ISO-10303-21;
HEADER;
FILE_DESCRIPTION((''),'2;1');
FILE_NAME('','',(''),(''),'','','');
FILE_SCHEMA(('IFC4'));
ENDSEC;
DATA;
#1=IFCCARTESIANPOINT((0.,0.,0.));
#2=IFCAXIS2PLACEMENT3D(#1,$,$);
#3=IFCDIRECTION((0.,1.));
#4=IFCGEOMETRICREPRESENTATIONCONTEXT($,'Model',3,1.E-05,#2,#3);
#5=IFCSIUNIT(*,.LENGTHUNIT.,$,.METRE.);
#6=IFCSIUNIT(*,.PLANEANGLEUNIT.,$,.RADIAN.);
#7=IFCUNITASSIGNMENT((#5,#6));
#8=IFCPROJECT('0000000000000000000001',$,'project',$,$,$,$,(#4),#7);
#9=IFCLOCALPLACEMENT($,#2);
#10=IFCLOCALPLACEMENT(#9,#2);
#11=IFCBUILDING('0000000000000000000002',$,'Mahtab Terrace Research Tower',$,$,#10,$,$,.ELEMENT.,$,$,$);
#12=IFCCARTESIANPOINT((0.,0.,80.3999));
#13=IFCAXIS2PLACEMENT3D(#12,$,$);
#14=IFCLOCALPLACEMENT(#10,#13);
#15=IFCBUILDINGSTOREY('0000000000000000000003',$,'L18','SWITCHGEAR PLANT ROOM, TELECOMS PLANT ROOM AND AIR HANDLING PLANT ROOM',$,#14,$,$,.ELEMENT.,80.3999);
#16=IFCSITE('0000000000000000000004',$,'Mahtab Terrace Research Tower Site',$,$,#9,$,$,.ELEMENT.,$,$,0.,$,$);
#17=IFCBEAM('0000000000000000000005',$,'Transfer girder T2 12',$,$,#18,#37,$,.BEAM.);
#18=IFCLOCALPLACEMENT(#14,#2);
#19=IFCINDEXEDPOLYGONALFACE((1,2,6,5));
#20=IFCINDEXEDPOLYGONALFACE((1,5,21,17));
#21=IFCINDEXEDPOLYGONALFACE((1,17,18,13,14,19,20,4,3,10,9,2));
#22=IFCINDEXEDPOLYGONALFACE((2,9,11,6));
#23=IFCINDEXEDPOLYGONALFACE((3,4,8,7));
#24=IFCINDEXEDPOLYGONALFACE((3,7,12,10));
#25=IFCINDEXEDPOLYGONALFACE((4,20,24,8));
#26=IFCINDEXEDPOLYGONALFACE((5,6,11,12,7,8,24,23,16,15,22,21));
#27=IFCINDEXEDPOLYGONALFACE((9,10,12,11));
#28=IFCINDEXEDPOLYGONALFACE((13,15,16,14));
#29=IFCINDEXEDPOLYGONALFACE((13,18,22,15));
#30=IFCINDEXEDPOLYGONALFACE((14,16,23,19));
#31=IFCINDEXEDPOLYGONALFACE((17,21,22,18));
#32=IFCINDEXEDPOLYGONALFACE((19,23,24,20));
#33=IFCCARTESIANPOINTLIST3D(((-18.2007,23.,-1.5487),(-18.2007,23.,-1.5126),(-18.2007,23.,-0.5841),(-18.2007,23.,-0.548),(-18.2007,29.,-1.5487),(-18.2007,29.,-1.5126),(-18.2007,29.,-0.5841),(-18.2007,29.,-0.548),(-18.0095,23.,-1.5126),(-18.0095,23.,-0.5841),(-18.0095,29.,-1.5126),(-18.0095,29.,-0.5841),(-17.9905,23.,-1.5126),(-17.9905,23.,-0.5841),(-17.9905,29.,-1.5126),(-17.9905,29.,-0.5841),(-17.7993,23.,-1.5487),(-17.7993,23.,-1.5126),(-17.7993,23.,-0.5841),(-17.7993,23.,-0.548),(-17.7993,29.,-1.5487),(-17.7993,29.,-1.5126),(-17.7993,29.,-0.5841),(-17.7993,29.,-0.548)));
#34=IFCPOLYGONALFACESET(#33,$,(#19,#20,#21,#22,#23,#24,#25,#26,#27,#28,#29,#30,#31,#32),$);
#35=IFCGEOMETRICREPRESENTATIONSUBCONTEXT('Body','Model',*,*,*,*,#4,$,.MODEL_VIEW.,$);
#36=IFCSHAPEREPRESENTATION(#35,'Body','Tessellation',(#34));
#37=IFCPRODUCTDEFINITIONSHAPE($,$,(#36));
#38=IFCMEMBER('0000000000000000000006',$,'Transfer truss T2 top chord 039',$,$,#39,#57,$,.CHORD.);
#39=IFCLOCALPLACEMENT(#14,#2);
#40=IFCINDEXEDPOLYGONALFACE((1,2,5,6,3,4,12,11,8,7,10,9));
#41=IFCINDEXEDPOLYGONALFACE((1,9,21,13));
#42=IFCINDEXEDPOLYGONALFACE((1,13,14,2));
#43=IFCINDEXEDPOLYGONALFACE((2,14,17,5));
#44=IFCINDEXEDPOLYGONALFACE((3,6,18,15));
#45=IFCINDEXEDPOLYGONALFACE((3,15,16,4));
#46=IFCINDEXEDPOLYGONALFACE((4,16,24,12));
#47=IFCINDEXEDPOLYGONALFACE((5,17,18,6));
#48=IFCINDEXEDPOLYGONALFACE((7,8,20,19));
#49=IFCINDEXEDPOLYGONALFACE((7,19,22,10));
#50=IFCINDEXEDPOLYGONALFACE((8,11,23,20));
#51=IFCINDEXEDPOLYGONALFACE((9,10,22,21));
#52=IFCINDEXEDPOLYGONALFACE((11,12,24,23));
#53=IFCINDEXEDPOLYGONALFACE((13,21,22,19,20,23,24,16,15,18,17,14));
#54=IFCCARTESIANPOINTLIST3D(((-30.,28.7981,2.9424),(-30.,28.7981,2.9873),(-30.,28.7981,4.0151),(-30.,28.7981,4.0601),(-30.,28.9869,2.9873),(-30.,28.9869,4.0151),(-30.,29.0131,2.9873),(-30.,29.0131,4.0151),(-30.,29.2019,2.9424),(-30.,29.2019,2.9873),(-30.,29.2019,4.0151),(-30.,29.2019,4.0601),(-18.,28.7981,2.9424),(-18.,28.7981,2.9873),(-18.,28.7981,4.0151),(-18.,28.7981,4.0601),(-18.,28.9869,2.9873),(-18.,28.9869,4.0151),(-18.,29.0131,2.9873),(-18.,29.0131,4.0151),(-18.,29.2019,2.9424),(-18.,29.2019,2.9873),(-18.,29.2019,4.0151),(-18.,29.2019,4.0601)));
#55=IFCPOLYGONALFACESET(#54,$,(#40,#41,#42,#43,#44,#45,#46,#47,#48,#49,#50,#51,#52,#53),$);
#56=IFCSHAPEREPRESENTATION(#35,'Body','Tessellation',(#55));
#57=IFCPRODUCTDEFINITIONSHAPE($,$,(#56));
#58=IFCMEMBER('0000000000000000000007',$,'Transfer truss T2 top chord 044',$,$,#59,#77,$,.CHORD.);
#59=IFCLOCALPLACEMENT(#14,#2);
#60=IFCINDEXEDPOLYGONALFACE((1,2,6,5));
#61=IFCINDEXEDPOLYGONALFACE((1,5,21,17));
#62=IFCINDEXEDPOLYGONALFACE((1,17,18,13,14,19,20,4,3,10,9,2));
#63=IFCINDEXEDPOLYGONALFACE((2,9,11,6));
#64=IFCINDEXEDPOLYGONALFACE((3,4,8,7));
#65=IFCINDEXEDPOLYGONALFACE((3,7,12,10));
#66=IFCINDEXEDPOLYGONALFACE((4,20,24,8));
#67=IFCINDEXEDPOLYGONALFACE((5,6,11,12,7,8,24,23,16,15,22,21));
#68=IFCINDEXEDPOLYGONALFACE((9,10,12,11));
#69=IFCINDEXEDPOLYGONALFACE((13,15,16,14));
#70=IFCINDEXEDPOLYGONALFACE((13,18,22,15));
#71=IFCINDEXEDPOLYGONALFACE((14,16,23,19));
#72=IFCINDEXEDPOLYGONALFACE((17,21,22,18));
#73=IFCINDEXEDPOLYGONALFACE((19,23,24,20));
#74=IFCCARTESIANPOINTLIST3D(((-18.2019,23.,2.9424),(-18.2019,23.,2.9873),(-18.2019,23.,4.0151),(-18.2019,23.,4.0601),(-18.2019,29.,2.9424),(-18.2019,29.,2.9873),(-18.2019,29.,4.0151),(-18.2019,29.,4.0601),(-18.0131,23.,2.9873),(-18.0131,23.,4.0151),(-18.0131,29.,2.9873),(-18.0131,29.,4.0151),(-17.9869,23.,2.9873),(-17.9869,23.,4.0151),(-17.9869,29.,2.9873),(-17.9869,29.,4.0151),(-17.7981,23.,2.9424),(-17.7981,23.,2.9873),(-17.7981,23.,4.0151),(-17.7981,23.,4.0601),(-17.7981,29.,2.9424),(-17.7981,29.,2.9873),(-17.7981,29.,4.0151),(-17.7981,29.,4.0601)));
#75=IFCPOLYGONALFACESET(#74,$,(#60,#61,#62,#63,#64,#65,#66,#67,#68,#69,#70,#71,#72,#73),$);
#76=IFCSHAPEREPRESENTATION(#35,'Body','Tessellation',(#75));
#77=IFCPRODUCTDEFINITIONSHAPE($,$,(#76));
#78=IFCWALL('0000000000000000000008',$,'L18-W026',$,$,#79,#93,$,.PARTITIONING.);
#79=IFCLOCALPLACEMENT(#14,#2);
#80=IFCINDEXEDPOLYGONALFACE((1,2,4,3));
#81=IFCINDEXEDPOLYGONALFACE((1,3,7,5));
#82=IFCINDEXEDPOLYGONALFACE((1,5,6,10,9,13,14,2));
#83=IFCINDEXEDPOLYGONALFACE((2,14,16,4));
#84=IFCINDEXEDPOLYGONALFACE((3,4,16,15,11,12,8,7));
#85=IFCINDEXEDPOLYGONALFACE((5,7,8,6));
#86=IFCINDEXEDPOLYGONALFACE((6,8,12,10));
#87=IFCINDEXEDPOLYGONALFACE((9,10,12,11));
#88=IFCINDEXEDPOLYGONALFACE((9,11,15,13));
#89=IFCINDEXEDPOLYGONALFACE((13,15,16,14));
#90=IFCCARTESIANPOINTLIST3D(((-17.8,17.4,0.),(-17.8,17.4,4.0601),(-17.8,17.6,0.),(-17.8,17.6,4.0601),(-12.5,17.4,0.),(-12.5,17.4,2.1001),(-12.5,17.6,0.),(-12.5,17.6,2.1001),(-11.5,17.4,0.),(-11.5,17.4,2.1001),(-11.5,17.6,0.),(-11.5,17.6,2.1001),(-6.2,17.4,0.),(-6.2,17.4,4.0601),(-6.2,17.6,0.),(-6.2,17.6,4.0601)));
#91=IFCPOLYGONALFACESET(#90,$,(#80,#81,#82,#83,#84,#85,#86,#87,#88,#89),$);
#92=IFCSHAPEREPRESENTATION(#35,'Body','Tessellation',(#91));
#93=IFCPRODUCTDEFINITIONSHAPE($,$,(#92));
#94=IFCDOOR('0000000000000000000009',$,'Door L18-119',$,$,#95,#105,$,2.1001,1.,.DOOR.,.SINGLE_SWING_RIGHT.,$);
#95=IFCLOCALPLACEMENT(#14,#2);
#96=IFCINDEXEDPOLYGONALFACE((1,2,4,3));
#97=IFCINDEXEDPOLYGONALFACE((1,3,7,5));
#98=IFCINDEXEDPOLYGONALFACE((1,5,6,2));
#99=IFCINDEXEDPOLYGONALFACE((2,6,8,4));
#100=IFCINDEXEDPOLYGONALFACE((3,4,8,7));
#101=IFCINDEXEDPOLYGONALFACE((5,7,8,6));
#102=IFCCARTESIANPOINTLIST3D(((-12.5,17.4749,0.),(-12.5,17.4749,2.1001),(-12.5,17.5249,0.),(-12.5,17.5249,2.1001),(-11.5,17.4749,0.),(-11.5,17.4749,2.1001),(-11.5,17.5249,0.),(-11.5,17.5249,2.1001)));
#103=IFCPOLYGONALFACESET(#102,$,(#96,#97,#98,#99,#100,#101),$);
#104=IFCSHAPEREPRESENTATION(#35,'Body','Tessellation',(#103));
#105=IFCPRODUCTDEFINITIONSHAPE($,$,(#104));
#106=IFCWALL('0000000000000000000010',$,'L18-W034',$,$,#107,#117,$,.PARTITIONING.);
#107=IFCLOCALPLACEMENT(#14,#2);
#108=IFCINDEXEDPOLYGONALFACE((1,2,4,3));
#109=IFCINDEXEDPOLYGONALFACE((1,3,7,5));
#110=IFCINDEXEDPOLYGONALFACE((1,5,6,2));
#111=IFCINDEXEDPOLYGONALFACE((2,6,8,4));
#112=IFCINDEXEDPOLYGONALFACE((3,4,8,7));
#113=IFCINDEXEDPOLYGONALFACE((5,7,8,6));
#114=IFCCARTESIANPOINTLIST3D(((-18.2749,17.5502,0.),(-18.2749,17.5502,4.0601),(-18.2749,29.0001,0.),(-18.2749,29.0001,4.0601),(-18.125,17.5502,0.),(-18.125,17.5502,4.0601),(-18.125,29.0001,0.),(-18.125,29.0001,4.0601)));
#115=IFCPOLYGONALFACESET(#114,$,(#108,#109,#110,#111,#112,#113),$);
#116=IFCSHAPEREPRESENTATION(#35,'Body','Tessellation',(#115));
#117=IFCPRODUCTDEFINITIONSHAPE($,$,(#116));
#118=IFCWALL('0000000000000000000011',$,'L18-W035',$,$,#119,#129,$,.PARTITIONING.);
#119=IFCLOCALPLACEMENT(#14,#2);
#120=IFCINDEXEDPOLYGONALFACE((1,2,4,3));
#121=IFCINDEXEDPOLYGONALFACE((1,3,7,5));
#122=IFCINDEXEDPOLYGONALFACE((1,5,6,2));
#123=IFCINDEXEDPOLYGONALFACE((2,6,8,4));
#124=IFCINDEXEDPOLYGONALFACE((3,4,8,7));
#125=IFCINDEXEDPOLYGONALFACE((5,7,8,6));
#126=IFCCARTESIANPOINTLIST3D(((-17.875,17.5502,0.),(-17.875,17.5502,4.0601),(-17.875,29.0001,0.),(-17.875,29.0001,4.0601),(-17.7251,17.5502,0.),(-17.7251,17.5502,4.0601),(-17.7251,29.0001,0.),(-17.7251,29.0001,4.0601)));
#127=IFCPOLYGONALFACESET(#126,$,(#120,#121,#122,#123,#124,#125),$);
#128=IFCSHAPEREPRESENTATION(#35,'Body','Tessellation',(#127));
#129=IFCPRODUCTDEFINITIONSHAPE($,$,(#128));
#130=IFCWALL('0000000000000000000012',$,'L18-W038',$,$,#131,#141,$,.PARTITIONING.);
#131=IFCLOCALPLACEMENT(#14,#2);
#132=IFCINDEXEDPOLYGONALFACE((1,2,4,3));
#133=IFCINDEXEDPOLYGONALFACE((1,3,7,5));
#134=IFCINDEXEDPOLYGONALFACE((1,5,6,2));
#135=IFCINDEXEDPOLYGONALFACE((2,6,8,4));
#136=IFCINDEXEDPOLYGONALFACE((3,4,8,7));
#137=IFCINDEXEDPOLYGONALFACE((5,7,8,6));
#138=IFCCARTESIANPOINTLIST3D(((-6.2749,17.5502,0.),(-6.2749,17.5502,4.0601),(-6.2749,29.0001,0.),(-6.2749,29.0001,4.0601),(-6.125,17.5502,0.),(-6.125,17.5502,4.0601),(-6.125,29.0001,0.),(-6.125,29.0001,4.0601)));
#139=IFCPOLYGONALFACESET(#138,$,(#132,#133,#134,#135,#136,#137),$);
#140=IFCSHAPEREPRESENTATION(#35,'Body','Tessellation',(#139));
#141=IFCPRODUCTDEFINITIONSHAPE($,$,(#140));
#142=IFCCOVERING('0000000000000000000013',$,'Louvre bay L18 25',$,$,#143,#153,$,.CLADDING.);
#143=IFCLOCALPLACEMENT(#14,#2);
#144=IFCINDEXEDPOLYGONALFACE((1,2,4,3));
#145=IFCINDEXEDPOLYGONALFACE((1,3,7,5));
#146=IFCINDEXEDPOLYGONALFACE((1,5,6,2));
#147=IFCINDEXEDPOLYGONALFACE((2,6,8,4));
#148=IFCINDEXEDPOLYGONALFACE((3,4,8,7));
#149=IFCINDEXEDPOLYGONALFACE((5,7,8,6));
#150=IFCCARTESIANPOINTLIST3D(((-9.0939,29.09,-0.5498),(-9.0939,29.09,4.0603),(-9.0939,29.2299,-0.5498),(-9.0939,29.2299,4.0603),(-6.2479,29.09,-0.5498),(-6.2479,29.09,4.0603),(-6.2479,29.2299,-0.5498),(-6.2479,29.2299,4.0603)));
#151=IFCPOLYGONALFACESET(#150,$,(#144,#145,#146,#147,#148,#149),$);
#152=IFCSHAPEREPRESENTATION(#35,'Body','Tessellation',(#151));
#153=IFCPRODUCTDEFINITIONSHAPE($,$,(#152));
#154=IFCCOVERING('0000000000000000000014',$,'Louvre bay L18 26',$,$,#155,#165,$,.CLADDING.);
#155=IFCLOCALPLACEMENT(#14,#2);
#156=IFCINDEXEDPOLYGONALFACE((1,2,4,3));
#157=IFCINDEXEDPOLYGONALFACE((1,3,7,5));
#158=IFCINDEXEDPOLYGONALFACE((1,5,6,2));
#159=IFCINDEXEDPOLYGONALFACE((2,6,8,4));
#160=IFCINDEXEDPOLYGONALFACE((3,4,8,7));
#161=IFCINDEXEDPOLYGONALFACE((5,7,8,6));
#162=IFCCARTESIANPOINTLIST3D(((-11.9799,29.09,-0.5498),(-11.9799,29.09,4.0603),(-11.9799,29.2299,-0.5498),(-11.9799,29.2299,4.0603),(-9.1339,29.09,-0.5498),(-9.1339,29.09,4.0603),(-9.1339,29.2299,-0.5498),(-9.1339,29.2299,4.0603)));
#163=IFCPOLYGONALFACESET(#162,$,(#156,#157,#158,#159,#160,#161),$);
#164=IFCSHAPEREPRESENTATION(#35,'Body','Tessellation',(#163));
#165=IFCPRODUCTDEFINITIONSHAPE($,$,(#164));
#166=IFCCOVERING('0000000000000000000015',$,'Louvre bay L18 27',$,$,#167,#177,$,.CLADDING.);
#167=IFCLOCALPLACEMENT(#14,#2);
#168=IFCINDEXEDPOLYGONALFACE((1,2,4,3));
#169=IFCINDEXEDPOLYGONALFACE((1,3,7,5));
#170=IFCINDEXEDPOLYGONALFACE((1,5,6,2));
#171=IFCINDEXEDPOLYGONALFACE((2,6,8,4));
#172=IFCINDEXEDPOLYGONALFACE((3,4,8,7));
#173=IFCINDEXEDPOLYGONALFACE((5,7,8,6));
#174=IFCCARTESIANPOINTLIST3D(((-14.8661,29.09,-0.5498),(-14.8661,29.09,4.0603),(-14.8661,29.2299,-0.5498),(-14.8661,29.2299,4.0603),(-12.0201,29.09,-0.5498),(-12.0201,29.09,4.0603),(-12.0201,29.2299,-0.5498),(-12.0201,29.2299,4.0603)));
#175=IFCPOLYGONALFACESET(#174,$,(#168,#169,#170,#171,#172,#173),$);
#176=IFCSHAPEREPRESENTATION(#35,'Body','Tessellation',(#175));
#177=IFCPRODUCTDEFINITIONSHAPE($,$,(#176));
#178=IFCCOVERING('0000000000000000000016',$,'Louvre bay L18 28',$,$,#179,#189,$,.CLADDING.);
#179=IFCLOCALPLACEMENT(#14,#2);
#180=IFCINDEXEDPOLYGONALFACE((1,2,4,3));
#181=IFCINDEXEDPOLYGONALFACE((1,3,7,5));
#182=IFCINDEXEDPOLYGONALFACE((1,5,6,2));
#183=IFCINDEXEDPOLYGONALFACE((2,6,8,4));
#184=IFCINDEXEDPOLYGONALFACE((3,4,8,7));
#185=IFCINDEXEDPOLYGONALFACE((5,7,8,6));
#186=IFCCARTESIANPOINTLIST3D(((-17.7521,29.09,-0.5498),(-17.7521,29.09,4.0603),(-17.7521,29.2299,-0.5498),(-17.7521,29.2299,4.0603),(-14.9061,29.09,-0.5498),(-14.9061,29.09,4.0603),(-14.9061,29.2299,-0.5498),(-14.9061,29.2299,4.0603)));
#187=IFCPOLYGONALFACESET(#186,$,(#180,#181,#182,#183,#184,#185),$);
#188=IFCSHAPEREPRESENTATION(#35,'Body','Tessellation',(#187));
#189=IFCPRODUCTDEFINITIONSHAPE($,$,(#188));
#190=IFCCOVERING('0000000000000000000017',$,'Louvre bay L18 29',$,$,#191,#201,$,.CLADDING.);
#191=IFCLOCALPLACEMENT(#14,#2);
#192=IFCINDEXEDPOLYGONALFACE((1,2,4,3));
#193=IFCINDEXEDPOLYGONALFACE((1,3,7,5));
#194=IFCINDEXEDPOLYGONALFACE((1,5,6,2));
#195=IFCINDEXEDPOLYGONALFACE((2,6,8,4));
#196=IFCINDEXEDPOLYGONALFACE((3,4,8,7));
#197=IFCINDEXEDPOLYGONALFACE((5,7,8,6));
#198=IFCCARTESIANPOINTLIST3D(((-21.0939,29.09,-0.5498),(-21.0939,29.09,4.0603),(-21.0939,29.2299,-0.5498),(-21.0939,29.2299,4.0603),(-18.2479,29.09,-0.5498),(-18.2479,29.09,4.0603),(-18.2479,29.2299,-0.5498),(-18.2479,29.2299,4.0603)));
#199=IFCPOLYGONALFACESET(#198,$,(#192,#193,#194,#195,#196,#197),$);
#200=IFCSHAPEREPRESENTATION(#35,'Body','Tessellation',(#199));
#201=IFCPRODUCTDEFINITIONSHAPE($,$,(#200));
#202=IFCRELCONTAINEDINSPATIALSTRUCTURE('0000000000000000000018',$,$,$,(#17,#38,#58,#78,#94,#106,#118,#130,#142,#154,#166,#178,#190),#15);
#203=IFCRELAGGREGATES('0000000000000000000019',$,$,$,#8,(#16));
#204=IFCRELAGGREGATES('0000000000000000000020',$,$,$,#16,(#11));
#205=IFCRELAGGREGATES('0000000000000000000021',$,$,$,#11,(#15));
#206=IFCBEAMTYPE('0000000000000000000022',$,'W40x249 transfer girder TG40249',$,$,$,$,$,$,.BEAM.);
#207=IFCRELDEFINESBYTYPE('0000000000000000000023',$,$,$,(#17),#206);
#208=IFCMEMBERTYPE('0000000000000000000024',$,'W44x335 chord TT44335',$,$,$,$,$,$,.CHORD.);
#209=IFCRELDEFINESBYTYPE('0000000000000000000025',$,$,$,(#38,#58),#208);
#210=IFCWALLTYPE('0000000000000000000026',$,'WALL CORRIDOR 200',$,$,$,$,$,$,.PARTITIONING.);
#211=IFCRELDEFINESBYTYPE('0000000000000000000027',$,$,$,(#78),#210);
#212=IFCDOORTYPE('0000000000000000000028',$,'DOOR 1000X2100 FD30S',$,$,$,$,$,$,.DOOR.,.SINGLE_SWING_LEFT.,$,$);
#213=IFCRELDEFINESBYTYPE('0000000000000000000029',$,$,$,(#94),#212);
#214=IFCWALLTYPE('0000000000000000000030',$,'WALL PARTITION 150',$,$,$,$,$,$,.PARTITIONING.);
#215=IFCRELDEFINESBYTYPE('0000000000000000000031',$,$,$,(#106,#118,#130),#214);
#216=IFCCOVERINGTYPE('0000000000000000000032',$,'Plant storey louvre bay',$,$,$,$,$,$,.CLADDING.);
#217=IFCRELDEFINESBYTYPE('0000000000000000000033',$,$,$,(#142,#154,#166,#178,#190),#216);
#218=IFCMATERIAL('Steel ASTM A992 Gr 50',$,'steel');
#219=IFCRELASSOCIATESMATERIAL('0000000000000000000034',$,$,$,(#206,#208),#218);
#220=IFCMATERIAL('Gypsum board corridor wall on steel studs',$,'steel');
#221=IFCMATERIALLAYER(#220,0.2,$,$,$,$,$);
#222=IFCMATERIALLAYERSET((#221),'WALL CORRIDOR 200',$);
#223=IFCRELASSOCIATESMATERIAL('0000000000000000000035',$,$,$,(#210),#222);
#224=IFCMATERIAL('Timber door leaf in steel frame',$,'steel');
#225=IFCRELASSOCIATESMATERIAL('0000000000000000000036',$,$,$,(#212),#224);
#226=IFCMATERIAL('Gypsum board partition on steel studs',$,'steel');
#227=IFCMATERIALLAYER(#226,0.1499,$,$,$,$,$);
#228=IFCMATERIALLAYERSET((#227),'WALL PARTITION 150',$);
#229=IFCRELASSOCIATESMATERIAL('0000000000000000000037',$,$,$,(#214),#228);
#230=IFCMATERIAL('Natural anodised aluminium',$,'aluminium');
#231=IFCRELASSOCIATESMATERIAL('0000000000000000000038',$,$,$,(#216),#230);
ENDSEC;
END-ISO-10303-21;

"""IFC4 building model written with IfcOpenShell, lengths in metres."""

from ifc_helpers import new_model, si_unit, direction, frame, frame_2d, origin, origin_2d, place, context, subcontext, project, spatial, rectangle, i_section, extrude, material, layer, layer_set, material_profile, profile_set, type_object, element, fill, save


model = new_model("IFC4")

# Units and contexts
model_context = context("Model", 3, precision=1e-05, world=origin(), true_north=direction((0.0, 1.0)))
body_context = subcontext(model_context, "Body", "Model", "MODEL_VIEW")
ifc_project = project(units=[si_unit("LENGTHUNIT", "METRE"), si_unit("PLANEANGLEUNIT", "RADIAN")], contexts=[model_context])

# Site, building, storey
site_placement = place(None, origin())
site = spatial("IfcSite", under=ifc_project, at=site_placement, Name="Mahtab Terrace Research Tower Site", CompositionType="ELEMENT", RefElevation=0.0)
building_placement = place(site_placement, origin())
building = spatial("IfcBuilding", under=site, at=building_placement, Name="Mahtab Terrace Research Tower", CompositionType="ELEMENT")
storey_placement = place(building_placement, frame((0.0, 0.0, 80.3999)))
storey = spatial("IfcBuildingStorey", under=building, at=storey_placement, Name="L18", Description="SWITCHGEAR PLANT ROOM, TELECOMS PLANT ROOM AND AIR HANDLING PLANT ROOM", CompositionType="ELEMENT", Elevation=80.3999)

# Shared definitions
ifc_material_1 = material(Name="Steel ASTM A992 Gr 50", Category="steel")

# Beam
ifc_material_profile_1 = material_profile(ifc_material_1, i_section(OverallWidth=0.4014, OverallDepth=1.0007, WebThickness=0.019, FlangeThickness=0.0361, at=origin_2d()), Name="W40X249")
ifc_profile_set_1 = profile_set([ifc_material_profile_1], Name="Steel ASTM A992 Gr 50")
beam_type = type_object("IfcBeamType", Name="W40x249 transfer girder TG40249", PredefinedType="BEAM", material=ifc_profile_set_1)
beam_placement = place(storey_placement, frame((-18.0, 23.0, -1.0483), z_axis=(0.0, 1.0, 0.0), x_axis=(-1.0, 0.0, 0.0)))
element("IfcBeam", 1, at=beam_placement, inside=storey, type_object=beam_type, Name="Transfer girder T2 12", PredefinedType="BEAM", context=body_context, shape_type="SweptSolid", body=[
    extrude(i_section(OverallWidth=0.4014, OverallDepth=1.0007, WebThickness=0.019, FlangeThickness=0.0361, at=origin_2d()), origin(), (0.0, 0.0, 1.0), 6.0),
])

# Members
ifc_material_profile_2 = material_profile(ifc_material_1, i_section(OverallWidth=0.4038, OverallDepth=1.1177, WebThickness=0.0261, FlangeThickness=0.0449, at=origin_2d()), Name="W44X335")
ifc_profile_set_2 = profile_set([ifc_material_profile_2], Name="Steel ASTM A992 Gr 50")
member_type_1 = type_object("IfcMemberType", Name="W44x335 chord TT44335", PredefinedType="CHORD", material=ifc_profile_set_2)
member_1_placement = place(storey_placement, frame((-18.0, 29.0, 3.5012), z_axis=(-1.0, 0.0, 0.0), x_axis=(0.0, -1.0, 0.0)))
element("IfcMember", 2, at=member_1_placement, inside=storey, type_object=member_type_1, Name="Transfer truss T2 top chord 039", PredefinedType="CHORD", context=body_context, shape_type="SweptSolid", body=[
    extrude(i_section(OverallWidth=0.4038, OverallDepth=1.1177, WebThickness=0.0261, FlangeThickness=0.0449, at=origin_2d()), origin(), (0.0, 0.0, 1.0), 12.0),
])
member_2_placement = place(storey_placement, frame((-18.0, 23.0, 3.5012), z_axis=(0.0, 1.0, 0.0), x_axis=(-1.0, 0.0, 0.0)))
element("IfcMember", 3, at=member_2_placement, inside=storey, type_object=member_type_1, Name="Transfer truss T2 top chord 044", PredefinedType="CHORD", context=body_context, shape_type="SweptSolid", body=[
    extrude(i_section(OverallWidth=0.4038, OverallDepth=1.1177, WebThickness=0.0261, FlangeThickness=0.0449, at=origin_2d()), origin(), (0.0, 0.0, 1.0), 6.0),
])

# Wall, opening, door
ifc_material_2 = material(Name="Gypsum board corridor wall on steel studs", Category="steel")
ifc_layer_1 = layer(ifc_material_2, 0.2)
ifc_layer_set_1 = layer_set([ifc_layer_1], Name="WALL CORRIDOR 200")
wall_type_1 = type_object("IfcWallType", Name="WALL CORRIDOR 200", PredefinedType="PARTITIONING", material=ifc_layer_set_1)
wall_placement = place(storey_placement, frame((-17.8, 17.5, 0.0), z_axis=(0.0, 0.0, 1.0), x_axis=(1.0, 0.0, 0.0)))
wall = element("IfcWall", 4, at=wall_placement, inside=storey, type_object=wall_type_1, Name="L18-W026", PredefinedType="PARTITIONING", context=body_context, shape_type="SweptSolid", body=[
    extrude(rectangle(XDim=11.6001, YDim=0.2, at=frame_2d((5.8, 0.0))), origin(), (0.0, 0.0, 1.0), 4.0601),
])
opening_placement = place(wall_placement, frame((5.3, 0.0, 0.0)))
opening = element("IfcOpeningElement", 5, at=opening_placement, cuts=wall, PredefinedType="OPENING", context=body_context, shape_type="SweptSolid", body=[
    extrude(rectangle(XDim=1.0, YDim=2.1001, at=frame_2d((0.5, 1.05))), frame((0.0, 0.1099, 0.0), z_axis=(0.0, -1.0, 0.0), x_axis=(1.0, 0.0, 0.0)), (0.0, 0.0, 1.0), 0.22),
])
ifc_material_3 = material(Name="Timber door leaf in steel frame", Category="steel")
door_type = type_object("IfcDoorType", Name="DOOR 1000X2100 FD30S", OperationType="SINGLE_SWING_LEFT", PredefinedType="DOOR", material=ifc_material_3)
door_placement = place(opening_placement, origin())
door = element("IfcDoor", 6, at=door_placement, inside=storey, type_object=door_type, Name="Door L18-119", OperationType="SINGLE_SWING_RIGHT", OverallHeight=2.1001, OverallWidth=1.0, PredefinedType="DOOR", context=body_context, shape_type="SweptSolid", body=[
    extrude(rectangle(XDim=1.0, YDim=2.1001, at=frame_2d((0.5, 1.05))), frame((0.0, 0.0249, 0.0), z_axis=(0.0, -1.0, 0.0), x_axis=(1.0, 0.0, 0.0)), (0.0, 0.0, 1.0), 0.05),
])
fill(opening, door)

# Walls
ifc_material_4 = material(Name="Gypsum board partition on steel studs", Category="steel")
ifc_layer_2 = layer(ifc_material_4, 0.1499)
ifc_layer_set_2 = layer_set([ifc_layer_2], Name="WALL PARTITION 150")
wall_type_2 = type_object("IfcWallType", Name="WALL PARTITION 150", PredefinedType="PARTITIONING", material=ifc_layer_set_2)
for number, where, z_axis, x_axis, name in (
    (7, (-18.2, 17.55, 0.0), (0.0, 0.0, 1.0), (0.0, 1.0, 0.0), "L18-W034"),
    (8, (-17.8, 17.55, 0.0), (0.0, 0.0, 1.0), (0.0, 1.0, 0.0), "L18-W035"),
    (9, (-6.2, 17.55, 0.0), (0.0, 0.0, 1.0), (0.0, 1.0, 0.0), "L18-W038"),
):
    element("IfcWall", number, at=place(storey_placement, frame(where, z_axis=z_axis, x_axis=x_axis)), inside=storey, type_object=wall_type_2, Name=name, PredefinedType="PARTITIONING", context=body_context, shape_type="SweptSolid", body=[
        extrude(rectangle(XDim=11.45, YDim=0.1499, at=frame_2d((5.7251, 0.0))), origin(), (0.0, 0.0, 1.0), 4.0601),
    ])

# Coverings
ifc_material_5 = material(Name="Natural anodised aluminium", Category="aluminium")
covering_type = type_object("IfcCoveringType", Name="Plant storey louvre bay", PredefinedType="CLADDING", material=ifc_material_5)
for number, where, z_axis, x_axis, name in (
    (10, (-7.6709, 29.1599, -0.5498), (0.0, 0.0, 1.0), (-1.0, 0.0, 0.0), "Louvre bay L18 25"),
    (11, (-10.5569, 29.1599, -0.5498), (0.0, 0.0, 1.0), (-1.0, 0.0, 0.0), "Louvre bay L18 26"),
    (12, (-13.4431, 29.1599, -0.5498), (0.0, 0.0, 1.0), (-1.0, 0.0, 0.0), "Louvre bay L18 27"),
    (13, (-16.3291, 29.1599, -0.5498), (0.0, 0.0, 1.0), (-1.0, 0.0, 0.0), "Louvre bay L18 28"),
    (14, (-19.6709, 29.1599, -0.5498), (0.0, 0.0, 1.0), (-1.0, 0.0, 0.0), "Louvre bay L18 29"),
):
    element("IfcCovering", number, at=place(storey_placement, frame(where, z_axis=z_axis, x_axis=x_axis)), inside=storey, type_object=covering_type, Name=name, PredefinedType="CLADDING", context=body_context, shape_type="SweptSolid", body=[
        extrude(rectangle(XDim=2.8459, YDim=0.1399, at=origin_2d()), origin(), (0.0, 0.0, 1.0), 4.6101),
    ])

save(model, "model.ifc")
